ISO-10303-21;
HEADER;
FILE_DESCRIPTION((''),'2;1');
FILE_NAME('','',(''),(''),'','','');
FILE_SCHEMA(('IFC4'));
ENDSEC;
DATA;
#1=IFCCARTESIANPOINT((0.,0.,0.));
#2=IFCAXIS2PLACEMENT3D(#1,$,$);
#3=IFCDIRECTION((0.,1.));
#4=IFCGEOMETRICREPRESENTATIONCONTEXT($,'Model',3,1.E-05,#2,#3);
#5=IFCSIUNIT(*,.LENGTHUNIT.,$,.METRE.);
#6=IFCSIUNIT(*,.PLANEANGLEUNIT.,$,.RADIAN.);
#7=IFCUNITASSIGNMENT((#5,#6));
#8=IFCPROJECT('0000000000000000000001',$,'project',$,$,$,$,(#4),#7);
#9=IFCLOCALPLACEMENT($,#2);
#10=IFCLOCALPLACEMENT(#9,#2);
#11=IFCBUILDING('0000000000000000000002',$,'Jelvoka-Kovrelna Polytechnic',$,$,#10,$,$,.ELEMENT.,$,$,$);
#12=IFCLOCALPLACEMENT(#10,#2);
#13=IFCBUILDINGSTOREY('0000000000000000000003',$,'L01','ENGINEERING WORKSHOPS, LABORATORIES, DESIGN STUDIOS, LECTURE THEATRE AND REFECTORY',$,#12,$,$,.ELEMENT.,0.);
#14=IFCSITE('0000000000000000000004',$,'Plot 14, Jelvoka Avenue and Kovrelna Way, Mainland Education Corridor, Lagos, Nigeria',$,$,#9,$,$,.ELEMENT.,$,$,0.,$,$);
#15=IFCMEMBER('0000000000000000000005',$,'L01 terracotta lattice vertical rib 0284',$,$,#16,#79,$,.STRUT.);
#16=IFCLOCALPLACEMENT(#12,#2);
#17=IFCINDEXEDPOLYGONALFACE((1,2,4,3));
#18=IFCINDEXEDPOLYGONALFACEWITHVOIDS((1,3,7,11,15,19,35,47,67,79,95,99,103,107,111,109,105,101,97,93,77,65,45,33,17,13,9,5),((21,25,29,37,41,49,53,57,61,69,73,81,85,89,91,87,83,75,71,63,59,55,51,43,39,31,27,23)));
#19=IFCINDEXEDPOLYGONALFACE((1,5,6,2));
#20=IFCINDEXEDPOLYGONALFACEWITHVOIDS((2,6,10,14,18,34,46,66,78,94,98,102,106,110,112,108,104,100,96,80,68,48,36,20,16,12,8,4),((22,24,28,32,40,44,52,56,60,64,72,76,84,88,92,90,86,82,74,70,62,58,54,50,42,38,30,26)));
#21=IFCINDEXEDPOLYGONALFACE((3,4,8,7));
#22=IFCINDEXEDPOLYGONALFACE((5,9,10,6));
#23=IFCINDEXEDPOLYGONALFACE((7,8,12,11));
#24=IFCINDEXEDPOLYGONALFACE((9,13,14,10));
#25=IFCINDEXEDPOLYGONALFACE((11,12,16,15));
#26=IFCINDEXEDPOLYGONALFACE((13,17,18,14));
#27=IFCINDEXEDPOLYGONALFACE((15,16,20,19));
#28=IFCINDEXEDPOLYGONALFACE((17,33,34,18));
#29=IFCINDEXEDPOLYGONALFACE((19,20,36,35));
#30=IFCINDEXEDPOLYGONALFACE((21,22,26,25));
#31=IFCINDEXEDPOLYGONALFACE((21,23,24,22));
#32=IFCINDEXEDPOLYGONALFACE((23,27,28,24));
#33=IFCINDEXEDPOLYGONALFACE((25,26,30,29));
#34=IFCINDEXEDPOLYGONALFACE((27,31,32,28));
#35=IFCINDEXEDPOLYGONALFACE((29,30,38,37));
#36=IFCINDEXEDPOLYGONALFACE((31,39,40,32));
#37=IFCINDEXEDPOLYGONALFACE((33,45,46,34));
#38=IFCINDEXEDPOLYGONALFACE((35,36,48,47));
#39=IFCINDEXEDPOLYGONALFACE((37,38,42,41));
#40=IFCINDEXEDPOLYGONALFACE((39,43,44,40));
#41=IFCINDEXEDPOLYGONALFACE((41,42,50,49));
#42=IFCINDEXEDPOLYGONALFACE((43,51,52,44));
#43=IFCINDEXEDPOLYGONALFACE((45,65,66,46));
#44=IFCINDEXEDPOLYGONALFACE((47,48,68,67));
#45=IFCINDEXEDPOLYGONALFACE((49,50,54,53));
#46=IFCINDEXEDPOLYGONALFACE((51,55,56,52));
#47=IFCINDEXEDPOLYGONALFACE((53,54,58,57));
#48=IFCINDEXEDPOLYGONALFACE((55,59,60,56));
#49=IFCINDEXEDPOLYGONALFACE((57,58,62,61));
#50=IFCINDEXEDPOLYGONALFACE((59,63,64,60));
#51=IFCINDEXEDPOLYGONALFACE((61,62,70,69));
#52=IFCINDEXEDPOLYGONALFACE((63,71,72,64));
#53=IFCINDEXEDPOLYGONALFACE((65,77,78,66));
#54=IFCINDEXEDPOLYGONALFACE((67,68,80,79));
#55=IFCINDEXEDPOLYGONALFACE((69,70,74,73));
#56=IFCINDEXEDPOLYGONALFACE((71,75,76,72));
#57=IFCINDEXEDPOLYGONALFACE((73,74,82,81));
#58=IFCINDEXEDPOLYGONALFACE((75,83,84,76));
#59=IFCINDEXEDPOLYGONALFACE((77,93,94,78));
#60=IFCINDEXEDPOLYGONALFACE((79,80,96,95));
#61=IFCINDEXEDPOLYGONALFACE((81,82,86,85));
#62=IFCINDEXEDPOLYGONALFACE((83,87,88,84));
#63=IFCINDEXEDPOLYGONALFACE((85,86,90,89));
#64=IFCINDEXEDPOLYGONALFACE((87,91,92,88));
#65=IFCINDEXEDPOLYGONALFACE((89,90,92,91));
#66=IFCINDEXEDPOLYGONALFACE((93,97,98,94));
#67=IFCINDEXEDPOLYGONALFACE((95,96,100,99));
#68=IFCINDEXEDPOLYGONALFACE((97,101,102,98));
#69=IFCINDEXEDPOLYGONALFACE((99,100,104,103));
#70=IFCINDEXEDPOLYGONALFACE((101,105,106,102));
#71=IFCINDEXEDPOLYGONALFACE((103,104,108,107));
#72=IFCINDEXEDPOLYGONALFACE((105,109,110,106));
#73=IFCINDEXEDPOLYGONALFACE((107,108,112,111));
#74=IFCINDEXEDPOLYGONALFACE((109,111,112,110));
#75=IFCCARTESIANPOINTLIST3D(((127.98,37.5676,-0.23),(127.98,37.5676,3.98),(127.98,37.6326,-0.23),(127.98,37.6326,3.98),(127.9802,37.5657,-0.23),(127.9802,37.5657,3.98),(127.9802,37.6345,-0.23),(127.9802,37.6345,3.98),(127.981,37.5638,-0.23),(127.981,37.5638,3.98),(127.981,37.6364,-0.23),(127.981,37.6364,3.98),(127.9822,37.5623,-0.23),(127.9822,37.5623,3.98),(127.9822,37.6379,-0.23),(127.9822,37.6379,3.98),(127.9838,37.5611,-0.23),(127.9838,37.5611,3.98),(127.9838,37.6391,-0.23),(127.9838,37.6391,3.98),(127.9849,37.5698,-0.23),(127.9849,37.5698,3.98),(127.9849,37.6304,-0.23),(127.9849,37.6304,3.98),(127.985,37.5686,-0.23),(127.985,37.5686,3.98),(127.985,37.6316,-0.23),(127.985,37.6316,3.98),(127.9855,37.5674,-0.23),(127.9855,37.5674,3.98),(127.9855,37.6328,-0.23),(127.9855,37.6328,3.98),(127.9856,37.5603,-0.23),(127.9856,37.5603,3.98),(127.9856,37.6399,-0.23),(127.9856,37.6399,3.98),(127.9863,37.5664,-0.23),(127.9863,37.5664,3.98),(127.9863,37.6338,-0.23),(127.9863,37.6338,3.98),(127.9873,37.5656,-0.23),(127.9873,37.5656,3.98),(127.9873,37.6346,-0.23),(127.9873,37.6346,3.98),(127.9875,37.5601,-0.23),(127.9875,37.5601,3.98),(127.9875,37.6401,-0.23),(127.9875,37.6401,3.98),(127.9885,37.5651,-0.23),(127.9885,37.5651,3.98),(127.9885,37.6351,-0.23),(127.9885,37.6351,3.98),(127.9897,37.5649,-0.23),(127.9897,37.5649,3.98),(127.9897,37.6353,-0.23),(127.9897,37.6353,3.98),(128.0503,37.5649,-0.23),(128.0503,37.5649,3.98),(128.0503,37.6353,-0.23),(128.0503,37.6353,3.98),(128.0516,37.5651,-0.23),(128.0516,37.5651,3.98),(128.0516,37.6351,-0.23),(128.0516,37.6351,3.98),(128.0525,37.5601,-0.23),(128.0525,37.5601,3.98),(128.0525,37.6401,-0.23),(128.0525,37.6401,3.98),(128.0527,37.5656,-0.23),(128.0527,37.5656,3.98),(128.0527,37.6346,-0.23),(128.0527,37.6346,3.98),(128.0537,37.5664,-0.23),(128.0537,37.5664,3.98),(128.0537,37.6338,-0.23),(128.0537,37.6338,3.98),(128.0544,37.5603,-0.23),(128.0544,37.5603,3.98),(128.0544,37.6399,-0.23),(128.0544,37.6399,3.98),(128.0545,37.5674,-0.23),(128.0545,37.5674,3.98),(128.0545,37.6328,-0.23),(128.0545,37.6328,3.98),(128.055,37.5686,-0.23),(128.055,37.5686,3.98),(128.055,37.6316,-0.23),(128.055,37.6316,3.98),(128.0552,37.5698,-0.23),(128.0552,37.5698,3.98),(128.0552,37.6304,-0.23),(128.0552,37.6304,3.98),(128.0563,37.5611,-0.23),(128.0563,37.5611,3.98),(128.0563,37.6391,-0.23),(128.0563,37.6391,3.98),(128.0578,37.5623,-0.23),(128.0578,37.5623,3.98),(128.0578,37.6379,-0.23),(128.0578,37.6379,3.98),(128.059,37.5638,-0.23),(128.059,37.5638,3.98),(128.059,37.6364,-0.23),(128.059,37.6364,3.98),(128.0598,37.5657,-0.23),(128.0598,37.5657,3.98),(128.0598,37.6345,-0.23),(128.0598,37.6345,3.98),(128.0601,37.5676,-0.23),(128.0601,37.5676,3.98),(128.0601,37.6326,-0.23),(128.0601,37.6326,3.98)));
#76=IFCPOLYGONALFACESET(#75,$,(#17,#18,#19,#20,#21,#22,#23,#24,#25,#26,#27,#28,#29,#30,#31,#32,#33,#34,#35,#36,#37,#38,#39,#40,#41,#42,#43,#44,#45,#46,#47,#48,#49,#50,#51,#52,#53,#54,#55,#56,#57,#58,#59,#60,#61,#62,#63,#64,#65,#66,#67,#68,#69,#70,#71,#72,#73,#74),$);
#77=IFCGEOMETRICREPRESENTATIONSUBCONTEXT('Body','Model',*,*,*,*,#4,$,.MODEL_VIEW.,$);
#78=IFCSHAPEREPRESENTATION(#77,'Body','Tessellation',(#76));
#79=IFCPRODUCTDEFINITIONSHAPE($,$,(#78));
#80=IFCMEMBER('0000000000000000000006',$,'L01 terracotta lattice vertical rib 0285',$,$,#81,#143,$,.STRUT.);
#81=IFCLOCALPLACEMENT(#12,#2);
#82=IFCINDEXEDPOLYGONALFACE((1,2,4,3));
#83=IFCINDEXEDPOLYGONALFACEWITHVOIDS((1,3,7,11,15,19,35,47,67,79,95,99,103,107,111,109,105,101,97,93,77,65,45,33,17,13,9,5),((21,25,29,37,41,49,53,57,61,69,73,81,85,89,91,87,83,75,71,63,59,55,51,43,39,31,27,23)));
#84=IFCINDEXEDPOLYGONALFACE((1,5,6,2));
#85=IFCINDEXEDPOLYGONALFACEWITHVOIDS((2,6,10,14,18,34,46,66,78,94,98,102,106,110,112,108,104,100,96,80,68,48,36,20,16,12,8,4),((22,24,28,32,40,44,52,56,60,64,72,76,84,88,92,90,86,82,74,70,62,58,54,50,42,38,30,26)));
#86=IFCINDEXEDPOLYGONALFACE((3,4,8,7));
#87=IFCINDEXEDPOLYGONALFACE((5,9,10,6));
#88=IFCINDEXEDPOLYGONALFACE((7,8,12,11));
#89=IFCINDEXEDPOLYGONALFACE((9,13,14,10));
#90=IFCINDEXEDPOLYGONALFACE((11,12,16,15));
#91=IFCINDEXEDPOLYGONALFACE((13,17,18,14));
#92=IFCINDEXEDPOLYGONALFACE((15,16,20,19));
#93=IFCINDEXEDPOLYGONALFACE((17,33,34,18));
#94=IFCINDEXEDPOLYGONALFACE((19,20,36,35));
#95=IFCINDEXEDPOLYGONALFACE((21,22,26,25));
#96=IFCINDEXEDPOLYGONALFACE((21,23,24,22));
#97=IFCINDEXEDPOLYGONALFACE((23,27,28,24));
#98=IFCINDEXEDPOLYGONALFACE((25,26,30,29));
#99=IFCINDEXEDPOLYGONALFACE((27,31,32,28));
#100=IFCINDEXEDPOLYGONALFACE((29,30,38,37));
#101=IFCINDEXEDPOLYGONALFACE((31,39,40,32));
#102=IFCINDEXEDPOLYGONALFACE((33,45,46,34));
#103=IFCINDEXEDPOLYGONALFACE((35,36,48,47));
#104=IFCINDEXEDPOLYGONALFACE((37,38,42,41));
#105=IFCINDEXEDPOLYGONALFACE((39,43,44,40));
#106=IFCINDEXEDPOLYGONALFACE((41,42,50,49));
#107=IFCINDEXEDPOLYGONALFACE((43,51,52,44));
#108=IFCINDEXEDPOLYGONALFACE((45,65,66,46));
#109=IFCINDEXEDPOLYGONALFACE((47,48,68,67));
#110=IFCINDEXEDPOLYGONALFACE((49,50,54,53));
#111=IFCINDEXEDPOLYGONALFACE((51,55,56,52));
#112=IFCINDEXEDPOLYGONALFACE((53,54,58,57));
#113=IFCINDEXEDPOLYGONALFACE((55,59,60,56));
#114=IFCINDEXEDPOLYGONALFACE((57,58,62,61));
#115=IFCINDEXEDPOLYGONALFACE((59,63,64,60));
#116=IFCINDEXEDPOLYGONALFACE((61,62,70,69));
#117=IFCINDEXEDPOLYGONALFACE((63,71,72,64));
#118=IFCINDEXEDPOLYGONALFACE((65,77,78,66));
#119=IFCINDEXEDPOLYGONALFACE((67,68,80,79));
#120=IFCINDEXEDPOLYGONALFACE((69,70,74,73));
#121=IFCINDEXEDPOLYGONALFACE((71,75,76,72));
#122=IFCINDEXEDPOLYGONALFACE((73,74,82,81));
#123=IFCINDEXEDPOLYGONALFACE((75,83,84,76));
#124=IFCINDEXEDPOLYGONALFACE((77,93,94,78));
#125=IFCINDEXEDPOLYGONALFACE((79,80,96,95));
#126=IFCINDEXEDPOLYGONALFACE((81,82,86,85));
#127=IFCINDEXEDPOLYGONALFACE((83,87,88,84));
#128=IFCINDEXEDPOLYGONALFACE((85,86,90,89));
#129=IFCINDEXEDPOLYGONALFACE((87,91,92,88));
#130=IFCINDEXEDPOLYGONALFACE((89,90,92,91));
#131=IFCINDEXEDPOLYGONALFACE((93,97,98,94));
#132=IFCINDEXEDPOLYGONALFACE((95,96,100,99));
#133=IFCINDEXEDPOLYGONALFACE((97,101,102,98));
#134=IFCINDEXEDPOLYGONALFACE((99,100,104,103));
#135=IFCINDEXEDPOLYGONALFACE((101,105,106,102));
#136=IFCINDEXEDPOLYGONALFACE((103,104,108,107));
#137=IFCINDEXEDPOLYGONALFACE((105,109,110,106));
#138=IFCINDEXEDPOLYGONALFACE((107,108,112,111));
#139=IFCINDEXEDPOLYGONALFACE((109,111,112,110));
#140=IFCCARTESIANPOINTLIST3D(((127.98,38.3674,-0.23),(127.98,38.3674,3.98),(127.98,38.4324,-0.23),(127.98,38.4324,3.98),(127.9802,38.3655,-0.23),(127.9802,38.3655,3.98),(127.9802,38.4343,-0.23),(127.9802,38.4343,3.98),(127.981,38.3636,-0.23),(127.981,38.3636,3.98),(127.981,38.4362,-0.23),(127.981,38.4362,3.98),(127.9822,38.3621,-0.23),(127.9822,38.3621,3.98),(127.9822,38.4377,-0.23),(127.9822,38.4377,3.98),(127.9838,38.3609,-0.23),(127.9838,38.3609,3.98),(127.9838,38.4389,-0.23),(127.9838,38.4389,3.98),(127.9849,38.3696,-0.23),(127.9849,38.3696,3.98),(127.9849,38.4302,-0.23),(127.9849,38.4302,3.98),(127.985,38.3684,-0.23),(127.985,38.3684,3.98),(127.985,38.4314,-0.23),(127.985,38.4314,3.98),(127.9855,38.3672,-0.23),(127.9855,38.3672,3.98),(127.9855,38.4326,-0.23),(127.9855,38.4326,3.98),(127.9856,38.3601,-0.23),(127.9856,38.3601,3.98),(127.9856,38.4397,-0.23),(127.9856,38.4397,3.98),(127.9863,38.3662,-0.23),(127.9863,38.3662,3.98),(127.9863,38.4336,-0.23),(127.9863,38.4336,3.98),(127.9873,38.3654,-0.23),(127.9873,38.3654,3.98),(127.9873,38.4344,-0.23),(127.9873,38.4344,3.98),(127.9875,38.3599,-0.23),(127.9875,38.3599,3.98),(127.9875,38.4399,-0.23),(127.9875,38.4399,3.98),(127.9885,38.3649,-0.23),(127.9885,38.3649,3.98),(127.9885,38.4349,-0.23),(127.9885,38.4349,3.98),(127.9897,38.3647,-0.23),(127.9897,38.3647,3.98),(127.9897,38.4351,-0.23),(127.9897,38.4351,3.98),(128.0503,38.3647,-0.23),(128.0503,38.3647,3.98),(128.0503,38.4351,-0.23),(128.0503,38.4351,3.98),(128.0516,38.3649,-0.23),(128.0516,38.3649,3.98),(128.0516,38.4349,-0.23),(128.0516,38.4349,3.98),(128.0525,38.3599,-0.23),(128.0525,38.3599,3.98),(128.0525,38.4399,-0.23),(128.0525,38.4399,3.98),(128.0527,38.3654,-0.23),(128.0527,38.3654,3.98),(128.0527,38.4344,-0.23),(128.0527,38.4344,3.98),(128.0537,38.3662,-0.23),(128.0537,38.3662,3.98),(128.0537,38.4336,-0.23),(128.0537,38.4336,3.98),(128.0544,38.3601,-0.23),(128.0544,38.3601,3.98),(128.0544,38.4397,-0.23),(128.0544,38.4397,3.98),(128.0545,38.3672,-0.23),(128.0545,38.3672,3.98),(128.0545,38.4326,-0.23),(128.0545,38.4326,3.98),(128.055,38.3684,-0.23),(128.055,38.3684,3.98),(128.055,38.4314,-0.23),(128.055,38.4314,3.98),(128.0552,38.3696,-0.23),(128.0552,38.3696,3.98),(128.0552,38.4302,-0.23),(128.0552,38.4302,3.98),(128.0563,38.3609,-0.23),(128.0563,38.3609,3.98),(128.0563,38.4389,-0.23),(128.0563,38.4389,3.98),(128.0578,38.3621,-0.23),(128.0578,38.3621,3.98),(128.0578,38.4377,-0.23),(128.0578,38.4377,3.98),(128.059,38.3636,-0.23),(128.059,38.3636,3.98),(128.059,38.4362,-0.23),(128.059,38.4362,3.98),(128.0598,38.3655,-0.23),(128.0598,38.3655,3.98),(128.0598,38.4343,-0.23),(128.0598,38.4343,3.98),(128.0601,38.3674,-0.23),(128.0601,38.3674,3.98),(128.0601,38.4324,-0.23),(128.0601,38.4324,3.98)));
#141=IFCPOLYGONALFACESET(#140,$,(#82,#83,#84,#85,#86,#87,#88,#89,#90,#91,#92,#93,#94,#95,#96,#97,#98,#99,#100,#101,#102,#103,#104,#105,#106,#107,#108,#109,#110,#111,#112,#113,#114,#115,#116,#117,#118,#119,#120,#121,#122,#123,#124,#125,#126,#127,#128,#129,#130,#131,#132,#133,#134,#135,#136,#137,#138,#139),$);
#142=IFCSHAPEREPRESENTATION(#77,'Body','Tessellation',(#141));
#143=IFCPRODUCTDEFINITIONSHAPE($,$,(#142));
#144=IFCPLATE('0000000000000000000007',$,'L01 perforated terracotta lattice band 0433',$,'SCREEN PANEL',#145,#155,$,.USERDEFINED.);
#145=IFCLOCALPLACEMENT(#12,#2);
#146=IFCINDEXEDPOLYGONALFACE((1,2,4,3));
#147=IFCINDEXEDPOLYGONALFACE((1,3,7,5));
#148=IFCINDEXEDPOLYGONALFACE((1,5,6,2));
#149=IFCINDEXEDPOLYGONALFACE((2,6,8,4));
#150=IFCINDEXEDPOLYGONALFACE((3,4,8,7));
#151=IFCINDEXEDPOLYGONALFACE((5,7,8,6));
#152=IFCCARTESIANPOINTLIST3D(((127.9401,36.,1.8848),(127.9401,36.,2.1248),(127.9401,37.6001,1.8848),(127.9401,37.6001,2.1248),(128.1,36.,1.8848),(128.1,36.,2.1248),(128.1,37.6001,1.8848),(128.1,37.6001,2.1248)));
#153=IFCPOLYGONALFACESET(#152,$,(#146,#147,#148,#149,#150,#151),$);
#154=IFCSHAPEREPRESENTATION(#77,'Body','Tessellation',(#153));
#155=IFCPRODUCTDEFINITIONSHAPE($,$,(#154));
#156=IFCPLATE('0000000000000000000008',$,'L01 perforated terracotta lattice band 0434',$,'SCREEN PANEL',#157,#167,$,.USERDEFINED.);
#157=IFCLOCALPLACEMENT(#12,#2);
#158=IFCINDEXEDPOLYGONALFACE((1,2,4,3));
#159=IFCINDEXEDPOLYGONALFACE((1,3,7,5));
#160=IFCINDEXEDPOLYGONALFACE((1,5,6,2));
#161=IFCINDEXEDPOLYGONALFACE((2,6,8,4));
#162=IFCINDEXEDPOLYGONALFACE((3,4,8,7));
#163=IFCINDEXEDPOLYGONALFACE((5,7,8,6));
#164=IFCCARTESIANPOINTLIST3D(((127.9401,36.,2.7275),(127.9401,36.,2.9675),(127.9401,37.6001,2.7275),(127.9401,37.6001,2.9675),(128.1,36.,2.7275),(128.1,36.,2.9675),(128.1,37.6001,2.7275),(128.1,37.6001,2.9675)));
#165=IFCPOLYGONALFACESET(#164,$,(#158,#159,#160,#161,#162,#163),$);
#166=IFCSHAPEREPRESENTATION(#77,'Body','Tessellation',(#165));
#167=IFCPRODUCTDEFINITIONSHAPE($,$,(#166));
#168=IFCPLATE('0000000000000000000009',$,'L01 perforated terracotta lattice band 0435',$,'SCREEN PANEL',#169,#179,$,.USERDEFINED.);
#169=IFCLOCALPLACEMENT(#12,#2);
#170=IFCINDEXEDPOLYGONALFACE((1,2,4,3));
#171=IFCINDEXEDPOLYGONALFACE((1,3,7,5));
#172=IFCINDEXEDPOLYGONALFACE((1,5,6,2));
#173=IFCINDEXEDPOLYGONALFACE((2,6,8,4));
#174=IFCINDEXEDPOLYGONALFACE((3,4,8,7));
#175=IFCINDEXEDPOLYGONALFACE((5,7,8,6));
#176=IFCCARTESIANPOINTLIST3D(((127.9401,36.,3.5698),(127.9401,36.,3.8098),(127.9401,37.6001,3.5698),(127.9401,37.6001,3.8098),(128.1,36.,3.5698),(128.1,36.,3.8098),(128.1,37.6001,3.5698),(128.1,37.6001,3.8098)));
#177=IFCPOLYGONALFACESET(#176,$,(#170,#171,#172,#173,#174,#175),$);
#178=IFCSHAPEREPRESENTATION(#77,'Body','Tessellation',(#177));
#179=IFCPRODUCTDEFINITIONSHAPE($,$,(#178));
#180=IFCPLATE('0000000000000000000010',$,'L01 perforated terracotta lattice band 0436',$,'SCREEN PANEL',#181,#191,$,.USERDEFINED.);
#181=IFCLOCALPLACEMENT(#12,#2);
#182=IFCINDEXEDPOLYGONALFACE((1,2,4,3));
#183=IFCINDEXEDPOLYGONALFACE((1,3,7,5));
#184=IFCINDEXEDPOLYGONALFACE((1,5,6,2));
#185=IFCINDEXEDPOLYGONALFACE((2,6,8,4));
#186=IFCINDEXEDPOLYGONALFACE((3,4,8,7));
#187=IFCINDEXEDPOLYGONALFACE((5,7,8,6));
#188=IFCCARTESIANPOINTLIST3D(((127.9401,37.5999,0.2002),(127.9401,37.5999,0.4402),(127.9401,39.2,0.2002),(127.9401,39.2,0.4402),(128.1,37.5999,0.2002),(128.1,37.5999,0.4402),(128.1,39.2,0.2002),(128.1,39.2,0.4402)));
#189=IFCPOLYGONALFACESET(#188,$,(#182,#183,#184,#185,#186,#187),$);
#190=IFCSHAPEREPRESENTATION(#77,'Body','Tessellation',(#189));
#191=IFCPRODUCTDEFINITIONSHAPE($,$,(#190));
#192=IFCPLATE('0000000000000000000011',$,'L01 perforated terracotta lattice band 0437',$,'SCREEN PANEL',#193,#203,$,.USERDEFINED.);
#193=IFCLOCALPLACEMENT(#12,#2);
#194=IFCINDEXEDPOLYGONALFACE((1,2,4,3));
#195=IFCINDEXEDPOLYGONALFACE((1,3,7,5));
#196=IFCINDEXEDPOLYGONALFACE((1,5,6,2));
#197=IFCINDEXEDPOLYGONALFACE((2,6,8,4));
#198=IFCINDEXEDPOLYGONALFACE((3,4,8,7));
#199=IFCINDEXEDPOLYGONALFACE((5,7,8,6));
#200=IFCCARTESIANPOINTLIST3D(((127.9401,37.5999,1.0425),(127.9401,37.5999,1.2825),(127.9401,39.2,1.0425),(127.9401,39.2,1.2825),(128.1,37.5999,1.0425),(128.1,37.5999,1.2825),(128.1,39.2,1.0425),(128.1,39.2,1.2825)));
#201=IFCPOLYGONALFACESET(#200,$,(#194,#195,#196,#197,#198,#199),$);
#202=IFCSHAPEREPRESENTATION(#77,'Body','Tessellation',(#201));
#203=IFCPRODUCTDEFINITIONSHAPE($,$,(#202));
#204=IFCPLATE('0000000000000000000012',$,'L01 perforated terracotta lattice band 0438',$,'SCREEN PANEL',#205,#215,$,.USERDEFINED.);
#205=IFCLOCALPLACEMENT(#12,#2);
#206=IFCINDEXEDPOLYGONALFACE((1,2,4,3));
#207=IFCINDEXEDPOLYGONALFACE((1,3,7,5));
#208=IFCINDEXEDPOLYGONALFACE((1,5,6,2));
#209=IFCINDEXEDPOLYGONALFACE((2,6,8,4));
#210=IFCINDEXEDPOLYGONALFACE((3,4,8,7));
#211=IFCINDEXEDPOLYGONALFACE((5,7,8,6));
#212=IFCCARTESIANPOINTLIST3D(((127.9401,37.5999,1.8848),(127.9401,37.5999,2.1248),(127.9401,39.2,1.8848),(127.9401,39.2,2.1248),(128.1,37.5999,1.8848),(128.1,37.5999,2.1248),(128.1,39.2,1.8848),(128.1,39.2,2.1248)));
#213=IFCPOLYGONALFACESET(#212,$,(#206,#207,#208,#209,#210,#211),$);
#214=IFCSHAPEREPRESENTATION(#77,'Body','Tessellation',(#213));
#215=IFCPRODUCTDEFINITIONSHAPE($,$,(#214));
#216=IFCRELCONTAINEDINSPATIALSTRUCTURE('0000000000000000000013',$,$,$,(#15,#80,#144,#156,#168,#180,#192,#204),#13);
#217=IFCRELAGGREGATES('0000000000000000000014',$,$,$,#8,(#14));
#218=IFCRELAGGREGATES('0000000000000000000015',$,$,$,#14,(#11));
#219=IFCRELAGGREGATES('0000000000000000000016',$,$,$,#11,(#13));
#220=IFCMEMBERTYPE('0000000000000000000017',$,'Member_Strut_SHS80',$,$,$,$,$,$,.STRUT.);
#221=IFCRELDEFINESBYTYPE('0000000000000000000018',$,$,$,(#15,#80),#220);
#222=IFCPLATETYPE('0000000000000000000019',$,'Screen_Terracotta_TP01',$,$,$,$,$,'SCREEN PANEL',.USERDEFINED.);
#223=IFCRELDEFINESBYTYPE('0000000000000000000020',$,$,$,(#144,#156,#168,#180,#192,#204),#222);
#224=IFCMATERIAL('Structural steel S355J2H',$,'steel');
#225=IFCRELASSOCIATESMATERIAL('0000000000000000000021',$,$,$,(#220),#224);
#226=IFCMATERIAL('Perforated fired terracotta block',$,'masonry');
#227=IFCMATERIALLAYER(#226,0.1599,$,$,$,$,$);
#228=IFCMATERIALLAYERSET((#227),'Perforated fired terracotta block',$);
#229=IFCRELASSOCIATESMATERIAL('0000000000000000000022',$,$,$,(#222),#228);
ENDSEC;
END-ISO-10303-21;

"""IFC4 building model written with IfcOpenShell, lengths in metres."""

from ifc_helpers import new_model, si_unit, direction, frame, origin, origin_2d, place, context, subcontext, project, spatial, rectangle, hollow_rectangle, extrude, material, layer, layer_set, material_profile, profile_set, type_object, element, save


model = new_model("IFC4")

# Units and contexts
model_context = context("Model", 3, precision=1e-05, world=origin(), true_north=direction((0.0, 1.0)))
body_context = subcontext(model_context, "Body", "Model", "MODEL_VIEW")
ifc_project = project(units=[si_unit("LENGTHUNIT", "METRE"), si_unit("PLANEANGLEUNIT", "RADIAN")], contexts=[model_context])

# Site, building, storey
site_placement = place(None, origin())
site = spatial("IfcSite", under=ifc_project, at=site_placement, Name="Plot 14, Jelvoka Avenue and Kovrelna Way, Mainland Education Corridor, Lagos, Nigeria", CompositionType="ELEMENT", RefElevation=0.0)
building_placement = place(site_placement, origin())
building = spatial("IfcBuilding", under=site, at=building_placement, Name="Jelvoka-Kovrelna Polytechnic", CompositionType="ELEMENT")
storey_placement = place(building_placement, origin())
storey = spatial("IfcBuildingStorey", under=building, at=storey_placement, Name="L01", Description="ENGINEERING WORKSHOPS, LABORATORIES, DESIGN STUDIOS, LECTURE THEATRE AND REFECTORY", CompositionType="ELEMENT", Elevation=0.0)

# Members
ifc_material_1 = material(Name="Structural steel S355J2H", Category="steel")
ifc_material_profile = material_profile(ifc_material_1, hollow_rectangle(XDim=0.0801, YDim=0.0801, WallThickness=0.0049, InnerFilletRadius=0.0049, OuterFilletRadius=0.0076, at=origin_2d()), Name="80x80x5.0 SHS")
ifc_profile_set = profile_set([ifc_material_profile], Name="Structural steel S355J2H")
member_type = type_object("IfcMemberType", Name="Member_Strut_SHS80", PredefinedType="STRUT", material=ifc_profile_set)
for number, where, z_axis, x_axis, name in (
    (1, (128.02, 37.6001, -0.23), (0.0, 0.0, 1.0), (1.0, 0.0, 0.0), "L01 terracotta lattice vertical rib 0284"),
    (2, (128.02, 38.3999, -0.23), (0.0, 0.0, 1.0), (1.0, 0.0, 0.0), "L01 terracotta lattice vertical rib 0285"),
):
    element("IfcMember", number, at=place(storey_placement, frame(where, z_axis=z_axis, x_axis=x_axis)), inside=storey, type_object=member_type, Name=name, PredefinedType="STRUT", context=body_context, shape_type="SweptSolid", body=[
        extrude(hollow_rectangle(XDim=0.0801, YDim=0.0801, WallThickness=0.0049, InnerFilletRadius=0.0049, OuterFilletRadius=0.0076, at=origin_2d()), origin(), (0.0, 0.0, 1.0), 4.21),
    ])

# Plates
ifc_material_2 = material(Name="Perforated fired terracotta block", Category="masonry")
ifc_layer = layer(ifc_material_2, 0.1599)
ifc_layer_set = layer_set([ifc_layer], Name="Perforated fired terracotta block")
plate_type = type_object("IfcPlateType", Name="Screen_Terracotta_TP01", ElementType="SCREEN PANEL", PredefinedType="USERDEFINED", material=ifc_layer_set)
for number, where, z_axis, x_axis, name in (
    (3, (128.02, 36.8, 1.8848), (0.0, 0.0, 1.0), (0.0, 1.0, 0.0), "L01 perforated terracotta lattice band 0433"),
    (4, (128.02, 36.8, 2.7275), (0.0, 0.0, 1.0), (0.0, 1.0, 0.0), "L01 perforated terracotta lattice band 0434"),
    (5, (128.02, 36.8, 3.5698), (0.0, 0.0, 1.0), (0.0, 1.0, 0.0), "L01 perforated terracotta lattice band 0435"),
    (6, (128.02, 38.3999, 0.2002), (0.0, 0.0, 1.0), (0.0, 1.0, 0.0), "L01 perforated terracotta lattice band 0436"),
    (7, (128.02, 38.3999, 1.0425), (0.0, 0.0, 1.0), (0.0, 1.0, 0.0), "L01 perforated terracotta lattice band 0437"),
    (8, (128.02, 38.3999, 1.8848), (0.0, 0.0, 1.0), (0.0, 1.0, 0.0), "L01 perforated terracotta lattice band 0438"),
):
    element("IfcPlate", number, at=place(storey_placement, frame(where, z_axis=z_axis, x_axis=x_axis)), inside=storey, type_object=plate_type, Name=name, ObjectType="SCREEN PANEL", PredefinedType="USERDEFINED", context=body_context, shape_type="SweptSolid", body=[
        extrude(rectangle(XDim=1.6001, YDim=0.1599, at=origin_2d()), origin(), (0.0, 0.0, 1.0), 0.24),
    ])

save(model, "model.ifc")
